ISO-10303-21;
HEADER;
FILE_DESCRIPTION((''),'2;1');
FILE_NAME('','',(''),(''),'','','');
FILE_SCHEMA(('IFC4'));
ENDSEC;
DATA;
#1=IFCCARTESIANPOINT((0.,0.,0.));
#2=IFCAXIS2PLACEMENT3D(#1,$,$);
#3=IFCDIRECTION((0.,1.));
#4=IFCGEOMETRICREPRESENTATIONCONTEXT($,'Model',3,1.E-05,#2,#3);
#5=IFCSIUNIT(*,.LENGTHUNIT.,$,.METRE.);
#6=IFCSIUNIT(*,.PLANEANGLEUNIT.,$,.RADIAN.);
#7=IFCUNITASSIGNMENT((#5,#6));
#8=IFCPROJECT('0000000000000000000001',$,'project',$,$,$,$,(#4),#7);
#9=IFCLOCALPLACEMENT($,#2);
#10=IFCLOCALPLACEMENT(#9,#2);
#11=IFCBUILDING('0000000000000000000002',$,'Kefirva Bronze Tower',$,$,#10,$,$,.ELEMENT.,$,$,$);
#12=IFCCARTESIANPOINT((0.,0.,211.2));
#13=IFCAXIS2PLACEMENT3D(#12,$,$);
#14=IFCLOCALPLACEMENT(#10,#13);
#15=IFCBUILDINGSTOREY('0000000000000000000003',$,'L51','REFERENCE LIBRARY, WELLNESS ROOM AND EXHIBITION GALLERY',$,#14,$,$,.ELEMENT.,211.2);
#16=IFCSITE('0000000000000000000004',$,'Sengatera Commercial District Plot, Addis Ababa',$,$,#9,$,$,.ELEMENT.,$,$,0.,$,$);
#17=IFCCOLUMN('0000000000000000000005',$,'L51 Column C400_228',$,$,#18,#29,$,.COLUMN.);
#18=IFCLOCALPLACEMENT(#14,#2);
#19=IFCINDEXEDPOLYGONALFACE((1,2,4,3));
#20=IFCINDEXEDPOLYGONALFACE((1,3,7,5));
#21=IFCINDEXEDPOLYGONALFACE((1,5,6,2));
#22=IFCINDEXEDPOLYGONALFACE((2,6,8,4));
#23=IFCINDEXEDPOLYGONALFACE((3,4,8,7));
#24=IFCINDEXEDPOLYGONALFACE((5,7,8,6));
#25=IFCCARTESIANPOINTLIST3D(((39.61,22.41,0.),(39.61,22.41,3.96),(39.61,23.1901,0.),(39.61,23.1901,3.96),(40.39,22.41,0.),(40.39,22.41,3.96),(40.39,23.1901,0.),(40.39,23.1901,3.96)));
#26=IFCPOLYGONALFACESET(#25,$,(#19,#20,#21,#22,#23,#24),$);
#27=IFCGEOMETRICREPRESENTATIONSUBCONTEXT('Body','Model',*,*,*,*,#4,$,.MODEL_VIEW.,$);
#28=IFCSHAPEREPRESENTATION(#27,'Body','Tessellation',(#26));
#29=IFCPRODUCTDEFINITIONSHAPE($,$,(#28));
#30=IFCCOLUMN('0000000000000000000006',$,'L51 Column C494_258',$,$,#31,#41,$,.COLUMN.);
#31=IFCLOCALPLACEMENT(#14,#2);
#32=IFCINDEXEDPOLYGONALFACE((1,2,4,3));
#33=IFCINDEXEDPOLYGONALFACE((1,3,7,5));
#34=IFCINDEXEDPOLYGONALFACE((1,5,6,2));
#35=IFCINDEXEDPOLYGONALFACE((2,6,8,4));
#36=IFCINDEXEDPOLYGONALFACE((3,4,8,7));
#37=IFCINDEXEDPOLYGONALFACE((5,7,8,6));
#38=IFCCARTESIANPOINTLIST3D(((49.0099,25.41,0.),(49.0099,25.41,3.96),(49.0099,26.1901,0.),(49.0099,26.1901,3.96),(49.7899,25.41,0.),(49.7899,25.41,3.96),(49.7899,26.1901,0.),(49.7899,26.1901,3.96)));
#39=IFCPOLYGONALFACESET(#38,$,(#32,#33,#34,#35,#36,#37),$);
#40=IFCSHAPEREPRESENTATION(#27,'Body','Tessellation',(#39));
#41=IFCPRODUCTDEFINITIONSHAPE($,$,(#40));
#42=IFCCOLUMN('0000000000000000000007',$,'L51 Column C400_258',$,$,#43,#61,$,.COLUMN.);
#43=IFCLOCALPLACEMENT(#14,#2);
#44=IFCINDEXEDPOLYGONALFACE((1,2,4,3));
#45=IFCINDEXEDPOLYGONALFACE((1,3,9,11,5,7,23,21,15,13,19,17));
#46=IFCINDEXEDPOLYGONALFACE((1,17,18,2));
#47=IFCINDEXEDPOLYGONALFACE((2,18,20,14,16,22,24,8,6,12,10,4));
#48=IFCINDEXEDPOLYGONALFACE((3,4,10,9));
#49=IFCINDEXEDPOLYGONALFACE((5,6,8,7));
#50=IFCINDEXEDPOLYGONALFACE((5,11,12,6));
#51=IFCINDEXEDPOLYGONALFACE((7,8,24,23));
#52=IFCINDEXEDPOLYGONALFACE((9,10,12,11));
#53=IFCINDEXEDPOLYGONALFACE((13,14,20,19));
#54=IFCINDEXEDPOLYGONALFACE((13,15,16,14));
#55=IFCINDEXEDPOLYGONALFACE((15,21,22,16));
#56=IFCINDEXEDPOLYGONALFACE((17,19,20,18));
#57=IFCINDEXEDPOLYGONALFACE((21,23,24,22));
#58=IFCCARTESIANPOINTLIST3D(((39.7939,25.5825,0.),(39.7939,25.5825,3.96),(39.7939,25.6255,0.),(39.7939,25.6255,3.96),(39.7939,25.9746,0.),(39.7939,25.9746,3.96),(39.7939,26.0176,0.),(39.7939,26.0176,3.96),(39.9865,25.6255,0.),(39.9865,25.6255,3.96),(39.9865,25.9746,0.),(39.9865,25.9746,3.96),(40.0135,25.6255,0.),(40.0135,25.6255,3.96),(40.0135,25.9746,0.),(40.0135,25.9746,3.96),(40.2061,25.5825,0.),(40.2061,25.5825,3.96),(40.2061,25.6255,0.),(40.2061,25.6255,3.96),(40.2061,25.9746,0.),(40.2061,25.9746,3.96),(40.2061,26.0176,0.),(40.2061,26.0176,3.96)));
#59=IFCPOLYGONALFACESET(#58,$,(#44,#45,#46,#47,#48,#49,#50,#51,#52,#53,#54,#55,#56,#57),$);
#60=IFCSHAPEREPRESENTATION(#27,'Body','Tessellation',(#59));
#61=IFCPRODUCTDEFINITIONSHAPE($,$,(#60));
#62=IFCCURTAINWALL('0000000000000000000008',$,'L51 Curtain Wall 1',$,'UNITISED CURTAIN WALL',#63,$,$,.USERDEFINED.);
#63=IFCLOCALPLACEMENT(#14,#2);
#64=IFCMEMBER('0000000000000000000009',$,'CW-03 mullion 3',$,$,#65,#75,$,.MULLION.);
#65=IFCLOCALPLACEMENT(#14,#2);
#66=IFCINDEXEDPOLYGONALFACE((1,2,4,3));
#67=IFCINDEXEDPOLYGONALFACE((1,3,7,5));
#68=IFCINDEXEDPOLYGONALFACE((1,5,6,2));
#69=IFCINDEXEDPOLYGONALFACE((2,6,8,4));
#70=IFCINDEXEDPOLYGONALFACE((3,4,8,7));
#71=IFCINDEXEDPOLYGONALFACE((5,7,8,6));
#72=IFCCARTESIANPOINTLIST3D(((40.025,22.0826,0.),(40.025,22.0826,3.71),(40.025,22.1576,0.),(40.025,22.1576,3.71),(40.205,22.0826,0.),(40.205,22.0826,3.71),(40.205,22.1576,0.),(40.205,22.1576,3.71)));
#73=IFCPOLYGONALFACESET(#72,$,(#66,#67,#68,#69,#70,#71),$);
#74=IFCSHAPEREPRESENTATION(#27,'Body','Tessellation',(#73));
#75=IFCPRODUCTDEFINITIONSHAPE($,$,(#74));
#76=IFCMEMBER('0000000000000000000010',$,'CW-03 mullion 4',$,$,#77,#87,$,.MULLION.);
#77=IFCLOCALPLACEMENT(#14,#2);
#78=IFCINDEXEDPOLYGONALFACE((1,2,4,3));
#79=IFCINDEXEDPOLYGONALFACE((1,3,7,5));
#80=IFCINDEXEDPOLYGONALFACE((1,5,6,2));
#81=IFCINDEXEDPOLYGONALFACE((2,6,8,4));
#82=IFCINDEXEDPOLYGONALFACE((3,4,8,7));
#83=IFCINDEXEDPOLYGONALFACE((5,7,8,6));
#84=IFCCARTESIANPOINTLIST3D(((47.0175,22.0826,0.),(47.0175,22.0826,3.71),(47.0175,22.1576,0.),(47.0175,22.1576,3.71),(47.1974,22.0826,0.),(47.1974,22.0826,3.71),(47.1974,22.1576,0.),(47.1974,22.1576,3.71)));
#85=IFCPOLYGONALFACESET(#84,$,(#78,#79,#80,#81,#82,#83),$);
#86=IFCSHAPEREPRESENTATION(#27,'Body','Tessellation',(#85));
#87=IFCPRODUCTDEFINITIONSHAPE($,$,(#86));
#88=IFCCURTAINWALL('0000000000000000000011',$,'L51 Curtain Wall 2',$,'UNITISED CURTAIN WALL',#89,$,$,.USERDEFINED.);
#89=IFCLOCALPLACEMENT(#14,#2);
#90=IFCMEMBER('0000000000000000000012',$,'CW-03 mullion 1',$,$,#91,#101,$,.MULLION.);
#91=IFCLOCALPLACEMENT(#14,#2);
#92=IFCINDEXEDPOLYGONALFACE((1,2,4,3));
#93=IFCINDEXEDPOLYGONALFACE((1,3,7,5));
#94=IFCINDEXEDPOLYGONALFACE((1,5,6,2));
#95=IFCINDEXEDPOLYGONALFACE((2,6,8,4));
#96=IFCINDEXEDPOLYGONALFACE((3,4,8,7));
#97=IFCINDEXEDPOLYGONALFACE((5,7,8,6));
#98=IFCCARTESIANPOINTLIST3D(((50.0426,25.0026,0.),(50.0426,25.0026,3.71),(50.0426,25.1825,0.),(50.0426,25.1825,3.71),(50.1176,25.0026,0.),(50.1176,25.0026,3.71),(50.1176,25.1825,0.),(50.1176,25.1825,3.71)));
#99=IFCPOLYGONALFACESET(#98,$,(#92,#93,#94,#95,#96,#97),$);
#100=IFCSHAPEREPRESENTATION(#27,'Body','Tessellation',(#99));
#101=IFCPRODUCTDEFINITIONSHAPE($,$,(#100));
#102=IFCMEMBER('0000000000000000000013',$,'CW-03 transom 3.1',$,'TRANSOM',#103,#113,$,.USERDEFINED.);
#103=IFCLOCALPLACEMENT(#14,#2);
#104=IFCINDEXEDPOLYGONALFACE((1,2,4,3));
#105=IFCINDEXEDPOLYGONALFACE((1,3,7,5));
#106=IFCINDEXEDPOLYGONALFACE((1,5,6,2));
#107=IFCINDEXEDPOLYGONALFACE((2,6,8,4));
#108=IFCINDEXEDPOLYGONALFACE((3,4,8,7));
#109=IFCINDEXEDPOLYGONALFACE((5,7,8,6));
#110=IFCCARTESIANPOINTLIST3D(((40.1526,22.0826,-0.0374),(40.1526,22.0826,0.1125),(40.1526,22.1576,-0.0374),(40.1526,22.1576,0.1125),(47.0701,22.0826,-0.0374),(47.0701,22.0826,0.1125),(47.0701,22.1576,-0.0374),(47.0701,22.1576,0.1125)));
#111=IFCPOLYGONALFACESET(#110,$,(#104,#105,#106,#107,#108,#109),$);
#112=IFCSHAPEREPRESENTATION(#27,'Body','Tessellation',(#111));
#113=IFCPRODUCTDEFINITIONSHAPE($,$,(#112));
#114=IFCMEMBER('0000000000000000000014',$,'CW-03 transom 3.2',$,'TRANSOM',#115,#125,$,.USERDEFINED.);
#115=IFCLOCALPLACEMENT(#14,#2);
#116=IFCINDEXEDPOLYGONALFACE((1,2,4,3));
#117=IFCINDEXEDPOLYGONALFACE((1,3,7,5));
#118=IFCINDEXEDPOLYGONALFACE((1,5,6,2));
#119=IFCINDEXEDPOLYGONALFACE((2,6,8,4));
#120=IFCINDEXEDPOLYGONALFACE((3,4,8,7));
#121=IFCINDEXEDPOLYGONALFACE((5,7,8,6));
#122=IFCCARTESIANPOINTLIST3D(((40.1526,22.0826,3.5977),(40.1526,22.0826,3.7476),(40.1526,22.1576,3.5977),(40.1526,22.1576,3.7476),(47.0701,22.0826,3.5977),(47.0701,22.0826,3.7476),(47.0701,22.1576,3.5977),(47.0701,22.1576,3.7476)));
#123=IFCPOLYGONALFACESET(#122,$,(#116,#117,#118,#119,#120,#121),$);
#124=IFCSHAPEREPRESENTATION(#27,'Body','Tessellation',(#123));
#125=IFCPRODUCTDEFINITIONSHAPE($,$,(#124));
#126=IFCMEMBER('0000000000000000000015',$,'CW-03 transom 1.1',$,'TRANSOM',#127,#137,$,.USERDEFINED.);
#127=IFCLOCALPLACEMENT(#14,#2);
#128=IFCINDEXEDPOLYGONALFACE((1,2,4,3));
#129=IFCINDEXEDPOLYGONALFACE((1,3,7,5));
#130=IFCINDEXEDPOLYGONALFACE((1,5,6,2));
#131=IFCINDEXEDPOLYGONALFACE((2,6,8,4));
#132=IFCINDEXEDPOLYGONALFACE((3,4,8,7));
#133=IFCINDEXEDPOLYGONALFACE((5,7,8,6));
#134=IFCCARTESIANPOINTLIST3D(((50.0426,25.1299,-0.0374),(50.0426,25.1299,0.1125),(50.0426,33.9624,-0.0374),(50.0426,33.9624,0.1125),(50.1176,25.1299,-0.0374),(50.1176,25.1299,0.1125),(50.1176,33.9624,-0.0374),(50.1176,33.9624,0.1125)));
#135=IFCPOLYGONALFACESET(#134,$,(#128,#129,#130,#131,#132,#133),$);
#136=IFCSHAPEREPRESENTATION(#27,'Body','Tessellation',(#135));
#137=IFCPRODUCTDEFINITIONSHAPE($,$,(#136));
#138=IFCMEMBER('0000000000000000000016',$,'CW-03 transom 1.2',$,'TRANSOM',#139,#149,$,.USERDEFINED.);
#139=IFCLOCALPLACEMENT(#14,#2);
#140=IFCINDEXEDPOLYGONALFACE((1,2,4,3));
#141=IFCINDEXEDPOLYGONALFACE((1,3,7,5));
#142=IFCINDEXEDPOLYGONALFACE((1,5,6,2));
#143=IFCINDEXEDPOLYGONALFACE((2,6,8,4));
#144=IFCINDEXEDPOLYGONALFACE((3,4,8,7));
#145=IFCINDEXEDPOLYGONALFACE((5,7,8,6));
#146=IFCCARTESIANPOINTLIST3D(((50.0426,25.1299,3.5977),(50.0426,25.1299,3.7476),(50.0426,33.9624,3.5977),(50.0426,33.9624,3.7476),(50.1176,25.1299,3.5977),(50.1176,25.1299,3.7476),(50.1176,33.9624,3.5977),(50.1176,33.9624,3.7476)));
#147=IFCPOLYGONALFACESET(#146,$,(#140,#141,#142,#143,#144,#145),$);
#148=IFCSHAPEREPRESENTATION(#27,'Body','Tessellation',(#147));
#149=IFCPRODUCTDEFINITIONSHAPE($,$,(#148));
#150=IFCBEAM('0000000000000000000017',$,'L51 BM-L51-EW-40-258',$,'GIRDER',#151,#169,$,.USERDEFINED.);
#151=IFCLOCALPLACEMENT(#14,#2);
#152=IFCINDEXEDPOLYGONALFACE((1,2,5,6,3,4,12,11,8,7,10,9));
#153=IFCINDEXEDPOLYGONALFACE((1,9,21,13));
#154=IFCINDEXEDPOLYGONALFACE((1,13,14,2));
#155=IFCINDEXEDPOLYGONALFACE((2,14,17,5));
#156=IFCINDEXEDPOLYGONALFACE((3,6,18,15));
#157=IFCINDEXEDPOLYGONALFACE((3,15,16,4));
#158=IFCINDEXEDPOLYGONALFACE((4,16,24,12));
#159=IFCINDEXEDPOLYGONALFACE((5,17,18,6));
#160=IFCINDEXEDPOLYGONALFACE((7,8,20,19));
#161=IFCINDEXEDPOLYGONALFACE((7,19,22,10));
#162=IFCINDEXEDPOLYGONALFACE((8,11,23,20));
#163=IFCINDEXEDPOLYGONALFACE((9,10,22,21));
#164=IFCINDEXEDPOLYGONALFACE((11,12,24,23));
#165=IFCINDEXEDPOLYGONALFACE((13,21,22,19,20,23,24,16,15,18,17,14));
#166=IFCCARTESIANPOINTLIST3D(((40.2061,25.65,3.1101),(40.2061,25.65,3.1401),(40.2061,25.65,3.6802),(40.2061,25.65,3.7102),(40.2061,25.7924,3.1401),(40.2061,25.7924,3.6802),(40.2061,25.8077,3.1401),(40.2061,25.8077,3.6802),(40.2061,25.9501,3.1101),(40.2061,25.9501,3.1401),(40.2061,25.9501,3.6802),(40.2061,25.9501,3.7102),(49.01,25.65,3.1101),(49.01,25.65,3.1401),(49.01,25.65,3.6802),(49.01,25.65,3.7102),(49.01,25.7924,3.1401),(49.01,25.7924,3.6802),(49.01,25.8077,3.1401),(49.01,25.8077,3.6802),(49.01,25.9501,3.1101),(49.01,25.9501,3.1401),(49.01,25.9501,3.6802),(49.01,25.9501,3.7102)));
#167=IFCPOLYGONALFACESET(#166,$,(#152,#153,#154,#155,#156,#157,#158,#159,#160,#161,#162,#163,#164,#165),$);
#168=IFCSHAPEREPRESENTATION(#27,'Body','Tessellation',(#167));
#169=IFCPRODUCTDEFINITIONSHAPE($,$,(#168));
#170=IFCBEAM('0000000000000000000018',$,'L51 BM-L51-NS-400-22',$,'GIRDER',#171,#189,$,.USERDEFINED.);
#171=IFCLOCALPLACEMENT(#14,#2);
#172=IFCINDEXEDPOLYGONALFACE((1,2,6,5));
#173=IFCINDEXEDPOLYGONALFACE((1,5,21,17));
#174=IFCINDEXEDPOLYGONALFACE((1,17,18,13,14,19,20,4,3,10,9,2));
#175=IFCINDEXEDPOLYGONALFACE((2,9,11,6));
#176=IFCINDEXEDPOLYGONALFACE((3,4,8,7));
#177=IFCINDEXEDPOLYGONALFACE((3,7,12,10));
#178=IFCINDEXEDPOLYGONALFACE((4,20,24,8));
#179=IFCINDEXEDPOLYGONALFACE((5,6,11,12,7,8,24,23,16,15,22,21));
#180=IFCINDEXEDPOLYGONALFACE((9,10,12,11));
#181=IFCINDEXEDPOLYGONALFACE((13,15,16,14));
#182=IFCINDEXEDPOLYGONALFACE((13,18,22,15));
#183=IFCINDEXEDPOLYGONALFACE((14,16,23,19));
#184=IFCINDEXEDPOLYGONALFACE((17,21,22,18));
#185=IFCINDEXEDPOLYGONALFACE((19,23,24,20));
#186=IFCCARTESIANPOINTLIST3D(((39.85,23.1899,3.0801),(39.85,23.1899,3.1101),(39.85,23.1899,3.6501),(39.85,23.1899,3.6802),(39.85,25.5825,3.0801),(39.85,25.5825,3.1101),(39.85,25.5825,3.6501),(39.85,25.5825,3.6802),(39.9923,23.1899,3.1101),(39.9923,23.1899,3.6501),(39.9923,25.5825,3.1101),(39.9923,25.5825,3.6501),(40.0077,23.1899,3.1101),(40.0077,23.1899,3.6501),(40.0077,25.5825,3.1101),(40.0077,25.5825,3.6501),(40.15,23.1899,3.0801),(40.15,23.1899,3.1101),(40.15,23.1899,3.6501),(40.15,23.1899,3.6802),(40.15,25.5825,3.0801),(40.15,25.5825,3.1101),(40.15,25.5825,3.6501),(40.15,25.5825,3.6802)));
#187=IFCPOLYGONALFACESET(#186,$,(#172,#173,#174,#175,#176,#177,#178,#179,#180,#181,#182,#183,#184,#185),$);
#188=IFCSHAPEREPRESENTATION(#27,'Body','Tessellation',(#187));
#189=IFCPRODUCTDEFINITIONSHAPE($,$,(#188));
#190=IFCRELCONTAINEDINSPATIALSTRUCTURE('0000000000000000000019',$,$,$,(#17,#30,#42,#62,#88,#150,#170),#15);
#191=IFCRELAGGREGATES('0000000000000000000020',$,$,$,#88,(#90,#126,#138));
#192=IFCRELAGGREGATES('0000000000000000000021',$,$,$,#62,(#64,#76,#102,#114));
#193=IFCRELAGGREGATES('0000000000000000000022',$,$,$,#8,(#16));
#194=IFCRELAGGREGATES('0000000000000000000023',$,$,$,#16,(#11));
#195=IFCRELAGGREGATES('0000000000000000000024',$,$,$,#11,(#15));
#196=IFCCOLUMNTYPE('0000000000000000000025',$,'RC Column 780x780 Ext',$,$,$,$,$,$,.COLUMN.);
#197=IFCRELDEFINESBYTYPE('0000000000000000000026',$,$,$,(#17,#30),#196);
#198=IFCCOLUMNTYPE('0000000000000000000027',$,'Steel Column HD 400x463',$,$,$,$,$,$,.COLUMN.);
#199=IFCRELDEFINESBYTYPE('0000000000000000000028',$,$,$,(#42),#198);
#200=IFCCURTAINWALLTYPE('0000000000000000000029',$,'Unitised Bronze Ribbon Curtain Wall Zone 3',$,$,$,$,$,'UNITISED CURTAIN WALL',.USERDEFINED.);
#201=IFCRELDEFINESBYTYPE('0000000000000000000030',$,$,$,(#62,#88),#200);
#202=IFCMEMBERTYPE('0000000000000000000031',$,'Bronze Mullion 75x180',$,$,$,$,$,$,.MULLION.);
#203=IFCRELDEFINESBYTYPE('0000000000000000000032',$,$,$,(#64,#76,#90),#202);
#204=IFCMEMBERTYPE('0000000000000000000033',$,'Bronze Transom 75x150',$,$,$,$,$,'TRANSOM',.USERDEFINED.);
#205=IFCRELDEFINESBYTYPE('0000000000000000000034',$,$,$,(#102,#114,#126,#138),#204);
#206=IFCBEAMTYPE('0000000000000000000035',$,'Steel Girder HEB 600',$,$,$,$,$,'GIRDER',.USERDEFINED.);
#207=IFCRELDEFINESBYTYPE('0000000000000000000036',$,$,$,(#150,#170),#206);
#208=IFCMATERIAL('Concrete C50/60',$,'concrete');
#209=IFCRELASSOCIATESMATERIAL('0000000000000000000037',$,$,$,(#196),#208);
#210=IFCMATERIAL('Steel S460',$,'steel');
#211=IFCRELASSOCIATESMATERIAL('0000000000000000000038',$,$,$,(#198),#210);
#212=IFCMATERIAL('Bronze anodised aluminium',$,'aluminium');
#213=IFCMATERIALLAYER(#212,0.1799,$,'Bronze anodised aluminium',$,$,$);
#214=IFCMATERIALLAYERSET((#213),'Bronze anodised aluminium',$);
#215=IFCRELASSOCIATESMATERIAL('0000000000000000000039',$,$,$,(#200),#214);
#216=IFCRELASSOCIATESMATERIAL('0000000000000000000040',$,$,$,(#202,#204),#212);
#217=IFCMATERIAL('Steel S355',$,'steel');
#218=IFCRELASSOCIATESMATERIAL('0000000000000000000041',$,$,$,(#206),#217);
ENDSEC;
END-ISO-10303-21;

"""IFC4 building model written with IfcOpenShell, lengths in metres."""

from ifc_helpers import new_model, si_unit, direction, frame, origin, origin_2d, place, context, subcontext, project, spatial, rectangle, i_section, extrude, material, layer, layer_set, material_profile, profile_set, type_object, element, aggregate, save


model = new_model("IFC4")

# Units and contexts
model_context = context("Model", 3, precision=1e-05, world=origin(), true_north=direction((0.0, 1.0)))
body_context = subcontext(model_context, "Body", "Model", "MODEL_VIEW")
ifc_project = project(units=[si_unit("LENGTHUNIT", "METRE"), si_unit("PLANEANGLEUNIT", "RADIAN")], contexts=[model_context])

# Site, building, storey
site_placement = place(None, origin())
site = spatial("IfcSite", under=ifc_project, at=site_placement, Name="Sengatera Commercial District Plot, Addis Ababa", CompositionType="ELEMENT", RefElevation=0.0)
building_placement = place(site_placement, origin())
building = spatial("IfcBuilding", under=site, at=building_placement, Name="Kefirva Bronze Tower", CompositionType="ELEMENT")
storey_placement = place(building_placement, frame((0.0, 0.0, 211.2)))
storey = spatial("IfcBuildingStorey", under=building, at=storey_placement, Name="L51", Description="REFERENCE LIBRARY, WELLNESS ROOM AND EXHIBITION GALLERY", CompositionType="ELEMENT", Elevation=211.2)

# Columns
ifc_material_1 = material(Name="Concrete C50/60", Category="concrete")
ifc_material_profile_1 = material_profile(ifc_material_1, rectangle(XDim=0.78, YDim=0.78, at=origin_2d()), Name="RC 780x780")
ifc_profile_set_1 = profile_set([ifc_material_profile_1], Name="Concrete C50/60")
column_type_1 = type_object("IfcColumnType", Name="RC Column 780x780 Ext", PredefinedType="COLUMN", material=ifc_profile_set_1)
for number, where, z_axis, x_axis, name in (
    (1, (40.0, 22.8, 0.0), (0.0, 0.0, 1.0), (1.0, 0.0, 0.0), "L51 Column C400_228"),
    (2, (49.3999, 25.8, 0.0), (0.0, 0.0, 1.0), (1.0, 0.0, 0.0), "L51 Column C494_258"),
):
    element("IfcColumn", number, at=place(storey_placement, frame(where, z_axis=z_axis, x_axis=x_axis)), inside=storey, type_object=column_type_1, Name=name, PredefinedType="COLUMN", context=body_context, shape_type="SweptSolid", body=[
        extrude(rectangle(XDim=0.78, YDim=0.78, at=origin_2d()), origin(), (0.0, 0.0, 1.0), 3.96),
    ])
ifc_material_2 = material(Name="Steel S460", Category="steel")
ifc_material_profile_2 = material_profile(ifc_material_2, i_section(OverallWidth=0.4121, OverallDepth=0.4351, WebThickness=0.0271, FlangeThickness=0.043, at=origin_2d()), Name="HD 400x463")
ifc_profile_set_2 = profile_set([ifc_material_profile_2], Name="Steel S460")
column_type_2 = type_object("IfcColumnType", Name="Steel Column HD 400x463", PredefinedType="COLUMN", material=ifc_profile_set_2)
column_placement = place(storey_placement, frame((40.0, 25.8, 0.0), z_axis=(0.0, 0.0, 1.0), x_axis=(1.0, 0.0, 0.0)))
element("IfcColumn", 3, at=column_placement, inside=storey, type_object=column_type_2, Name="L51 Column C400_258", PredefinedType="COLUMN", context=body_context, shape_type="SweptSolid", body=[
    extrude(i_section(OverallWidth=0.4121, OverallDepth=0.4351, WebThickness=0.0271, FlangeThickness=0.043, at=origin_2d()), origin(), (0.0, 0.0, 1.0), 3.96),
])

# Curtain wall, members
ifc_material_3 = material(Name="Bronze anodised aluminium", Category="aluminium")
ifc_layer_1 = layer(ifc_material_3, 0.1799, Name="Bronze anodised aluminium")
ifc_layer_set_1 = layer_set([ifc_layer_1], Name="Bronze anodised aluminium")
curtain_wall_type = type_object("IfcCurtainWallType", Name="Unitised Bronze Ribbon Curtain Wall Zone 3", ElementType="UNITISED CURTAIN WALL", PredefinedType="USERDEFINED", material=ifc_layer_set_1)
curtain_wall_1_placement = place(storey_placement, origin())
curtain_wall_1 = element("IfcCurtainWall", 4, at=curtain_wall_1_placement, inside=storey, type_object=curtain_wall_type, Name="L51 Curtain Wall 1", ObjectType="UNITISED CURTAIN WALL", PredefinedType="USERDEFINED")
ifc_material_profile_3 = material_profile(ifc_material_3, rectangle(XDim=0.075, YDim=0.1799, at=origin_2d()), Name="ALU 75x180")
ifc_profile_set_3 = profile_set([ifc_material_profile_3], Name="Bronze anodised aluminium")
member_type_1 = type_object("IfcMemberType", Name="Bronze Mullion 75x180", PredefinedType="MULLION", material=ifc_profile_set_3)
member_1_placement = place(storey_placement, frame((40.115, 22.1201, 0.0), z_axis=(0.0, 0.0, 1.0), x_axis=(0.0, 1.0, 0.0)))
member_1 = element("IfcMember", 5, at=member_1_placement, type_object=member_type_1, Name="CW-03 mullion 3", PredefinedType="MULLION", context=body_context, shape_type="SweptSolid", body=[
    extrude(rectangle(XDim=0.075, YDim=0.1799, at=origin_2d()), origin(), (0.0, 0.0, 1.0), 3.71),
])
member_2_placement = place(storey_placement, frame((47.1074, 22.1201, 0.0), z_axis=(0.0, 0.0, 1.0), x_axis=(0.0, 1.0, 0.0)))
member_2 = element("IfcMember", 6, at=member_2_placement, type_object=member_type_1, Name="CW-03 mullion 4", PredefinedType="MULLION", context=body_context, shape_type="SweptSolid", body=[
    extrude(rectangle(XDim=0.075, YDim=0.1799, at=origin_2d()), origin(), (0.0, 0.0, 1.0), 3.71),
])

# Curtain wall, member
curtain_wall_2_placement = place(storey_placement, origin())
curtain_wall_2 = element("IfcCurtainWall", 7, at=curtain_wall_2_placement, inside=storey, type_object=curtain_wall_type, Name="L51 Curtain Wall 2", ObjectType="UNITISED CURTAIN WALL", PredefinedType="USERDEFINED")
member_3_placement = place(storey_placement, frame((50.0801, 25.0925, 0.0), z_axis=(0.0, 0.0, 1.0), x_axis=(-1.0, 0.0, 0.0)))
member_3 = element("IfcMember", 8, at=member_3_placement, type_object=member_type_1, Name="CW-03 mullion 1", PredefinedType="MULLION", context=body_context, shape_type="SweptSolid", body=[
    extrude(rectangle(XDim=0.075, YDim=0.1799, at=origin_2d()), origin(), (0.0, 0.0, 1.0), 3.71),
])

# Members
ifc_material_profile_4 = material_profile(ifc_material_3, rectangle(XDim=0.075, YDim=0.1499, at=origin_2d()), Name="ALU 75x150")
ifc_profile_set_4 = profile_set([ifc_material_profile_4], Name="Bronze anodised aluminium")
member_type_2 = type_object("IfcMemberType", Name="Bronze Transom 75x150", ElementType="TRANSOM", PredefinedType="USERDEFINED", material=ifc_profile_set_4)
member_4_placement = place(storey_placement, frame((40.1526, 22.1201, 0.0376), z_axis=(1.0, 0.0, 0.0), x_axis=(0.0, 1.0, 0.0)))
member_4 = element("IfcMember", 9, at=member_4_placement, type_object=member_type_2, Name="CW-03 transom 3.1", ObjectType="TRANSOM", PredefinedType="USERDEFINED", context=body_context, shape_type="SweptSolid", body=[
    extrude(rectangle(XDim=0.075, YDim=0.1499, at=origin_2d()), origin(), (0.0, 0.0, 1.0), 6.9175),
])
member_5_placement = place(storey_placement, frame((40.1526, 22.1201, 3.6726), z_axis=(1.0, 0.0, 0.0), x_axis=(0.0, 1.0, 0.0)))
member_5 = element("IfcMember", 10, at=member_5_placement, type_object=member_type_2, Name="CW-03 transom 3.2", ObjectType="TRANSOM", PredefinedType="USERDEFINED", context=body_context, shape_type="SweptSolid", body=[
    extrude(rectangle(XDim=0.075, YDim=0.1499, at=origin_2d()), origin(), (0.0, 0.0, 1.0), 6.9175),
])
member_6_placement = place(storey_placement, frame((50.0801, 25.1299, 0.0376), z_axis=(0.0, 1.0, 0.0), x_axis=(-1.0, 0.0, 0.0)))
member_6 = element("IfcMember", 11, at=member_6_placement, type_object=member_type_2, Name="CW-03 transom 1.1", ObjectType="TRANSOM", PredefinedType="USERDEFINED", context=body_context, shape_type="SweptSolid", body=[
    extrude(rectangle(XDim=0.075, YDim=0.1499, at=origin_2d()), origin(), (0.0, 0.0, 1.0), 8.8325),
])
member_7_placement = place(storey_placement, frame((50.0801, 25.1299, 3.6726), z_axis=(0.0, 1.0, 0.0), x_axis=(-1.0, 0.0, 0.0)))
member_7 = element("IfcMember", 12, at=member_7_placement, type_object=member_type_2, Name="CW-03 transom 1.2", ObjectType="TRANSOM", PredefinedType="USERDEFINED", context=body_context, shape_type="SweptSolid", body=[
    extrude(rectangle(XDim=0.075, YDim=0.1499, at=origin_2d()), origin(), (0.0, 0.0, 1.0), 8.8325),
])
aggregate(curtain_wall_2, [member_3, member_6, member_7])

# Beams
ifc_material_4 = material(Name="Steel S355", Category="steel")
ifc_material_profile_5 = material_profile(ifc_material_4, i_section(OverallWidth=0.3, OverallDepth=0.6001, WebThickness=0.0154, FlangeThickness=0.03, at=origin_2d()), Name="HEB 600")
ifc_profile_set_5 = profile_set([ifc_material_profile_5], Name="Steel S355")
beam_type = type_object("IfcBeamType", Name="Steel Girder HEB 600", ElementType="GIRDER", PredefinedType="USERDEFINED", material=ifc_profile_set_5)
beam_1_placement = place(storey_placement, frame((40.2061, 25.8, 3.4102), z_axis=(1.0, 0.0, 0.0), x_axis=(0.0, 1.0, 0.0)))
element("IfcBeam", 13, at=beam_1_placement, inside=storey, type_object=beam_type, Name="L51 BM-L51-EW-40-258", ObjectType="GIRDER", PredefinedType="USERDEFINED", context=body_context, shape_type="SweptSolid", body=[
    extrude(i_section(OverallWidth=0.3, OverallDepth=0.6001, WebThickness=0.0154, FlangeThickness=0.03, at=origin_2d()), origin(), (0.0, 0.0, 1.0), 8.804),
])
beam_2_placement = place(storey_placement, frame((40.0, 23.1899, 3.3801), z_axis=(0.0, 1.0, 0.0), x_axis=(-1.0, 0.0, 0.0)))
element("IfcBeam", 14, at=beam_2_placement, inside=storey, type_object=beam_type, Name="L51 BM-L51-NS-400-22", ObjectType="GIRDER", PredefinedType="USERDEFINED", context=body_context, shape_type="SweptSolid", body=[
    extrude(i_section(OverallWidth=0.3, OverallDepth=0.6001, WebThickness=0.0154, FlangeThickness=0.03, at=origin_2d()), origin(), (0.0, 0.0, 1.0), 2.3926),
])

aggregate(curtain_wall_1, [member_1, member_2, member_4, member_5])

save(model, "model.ifc")
